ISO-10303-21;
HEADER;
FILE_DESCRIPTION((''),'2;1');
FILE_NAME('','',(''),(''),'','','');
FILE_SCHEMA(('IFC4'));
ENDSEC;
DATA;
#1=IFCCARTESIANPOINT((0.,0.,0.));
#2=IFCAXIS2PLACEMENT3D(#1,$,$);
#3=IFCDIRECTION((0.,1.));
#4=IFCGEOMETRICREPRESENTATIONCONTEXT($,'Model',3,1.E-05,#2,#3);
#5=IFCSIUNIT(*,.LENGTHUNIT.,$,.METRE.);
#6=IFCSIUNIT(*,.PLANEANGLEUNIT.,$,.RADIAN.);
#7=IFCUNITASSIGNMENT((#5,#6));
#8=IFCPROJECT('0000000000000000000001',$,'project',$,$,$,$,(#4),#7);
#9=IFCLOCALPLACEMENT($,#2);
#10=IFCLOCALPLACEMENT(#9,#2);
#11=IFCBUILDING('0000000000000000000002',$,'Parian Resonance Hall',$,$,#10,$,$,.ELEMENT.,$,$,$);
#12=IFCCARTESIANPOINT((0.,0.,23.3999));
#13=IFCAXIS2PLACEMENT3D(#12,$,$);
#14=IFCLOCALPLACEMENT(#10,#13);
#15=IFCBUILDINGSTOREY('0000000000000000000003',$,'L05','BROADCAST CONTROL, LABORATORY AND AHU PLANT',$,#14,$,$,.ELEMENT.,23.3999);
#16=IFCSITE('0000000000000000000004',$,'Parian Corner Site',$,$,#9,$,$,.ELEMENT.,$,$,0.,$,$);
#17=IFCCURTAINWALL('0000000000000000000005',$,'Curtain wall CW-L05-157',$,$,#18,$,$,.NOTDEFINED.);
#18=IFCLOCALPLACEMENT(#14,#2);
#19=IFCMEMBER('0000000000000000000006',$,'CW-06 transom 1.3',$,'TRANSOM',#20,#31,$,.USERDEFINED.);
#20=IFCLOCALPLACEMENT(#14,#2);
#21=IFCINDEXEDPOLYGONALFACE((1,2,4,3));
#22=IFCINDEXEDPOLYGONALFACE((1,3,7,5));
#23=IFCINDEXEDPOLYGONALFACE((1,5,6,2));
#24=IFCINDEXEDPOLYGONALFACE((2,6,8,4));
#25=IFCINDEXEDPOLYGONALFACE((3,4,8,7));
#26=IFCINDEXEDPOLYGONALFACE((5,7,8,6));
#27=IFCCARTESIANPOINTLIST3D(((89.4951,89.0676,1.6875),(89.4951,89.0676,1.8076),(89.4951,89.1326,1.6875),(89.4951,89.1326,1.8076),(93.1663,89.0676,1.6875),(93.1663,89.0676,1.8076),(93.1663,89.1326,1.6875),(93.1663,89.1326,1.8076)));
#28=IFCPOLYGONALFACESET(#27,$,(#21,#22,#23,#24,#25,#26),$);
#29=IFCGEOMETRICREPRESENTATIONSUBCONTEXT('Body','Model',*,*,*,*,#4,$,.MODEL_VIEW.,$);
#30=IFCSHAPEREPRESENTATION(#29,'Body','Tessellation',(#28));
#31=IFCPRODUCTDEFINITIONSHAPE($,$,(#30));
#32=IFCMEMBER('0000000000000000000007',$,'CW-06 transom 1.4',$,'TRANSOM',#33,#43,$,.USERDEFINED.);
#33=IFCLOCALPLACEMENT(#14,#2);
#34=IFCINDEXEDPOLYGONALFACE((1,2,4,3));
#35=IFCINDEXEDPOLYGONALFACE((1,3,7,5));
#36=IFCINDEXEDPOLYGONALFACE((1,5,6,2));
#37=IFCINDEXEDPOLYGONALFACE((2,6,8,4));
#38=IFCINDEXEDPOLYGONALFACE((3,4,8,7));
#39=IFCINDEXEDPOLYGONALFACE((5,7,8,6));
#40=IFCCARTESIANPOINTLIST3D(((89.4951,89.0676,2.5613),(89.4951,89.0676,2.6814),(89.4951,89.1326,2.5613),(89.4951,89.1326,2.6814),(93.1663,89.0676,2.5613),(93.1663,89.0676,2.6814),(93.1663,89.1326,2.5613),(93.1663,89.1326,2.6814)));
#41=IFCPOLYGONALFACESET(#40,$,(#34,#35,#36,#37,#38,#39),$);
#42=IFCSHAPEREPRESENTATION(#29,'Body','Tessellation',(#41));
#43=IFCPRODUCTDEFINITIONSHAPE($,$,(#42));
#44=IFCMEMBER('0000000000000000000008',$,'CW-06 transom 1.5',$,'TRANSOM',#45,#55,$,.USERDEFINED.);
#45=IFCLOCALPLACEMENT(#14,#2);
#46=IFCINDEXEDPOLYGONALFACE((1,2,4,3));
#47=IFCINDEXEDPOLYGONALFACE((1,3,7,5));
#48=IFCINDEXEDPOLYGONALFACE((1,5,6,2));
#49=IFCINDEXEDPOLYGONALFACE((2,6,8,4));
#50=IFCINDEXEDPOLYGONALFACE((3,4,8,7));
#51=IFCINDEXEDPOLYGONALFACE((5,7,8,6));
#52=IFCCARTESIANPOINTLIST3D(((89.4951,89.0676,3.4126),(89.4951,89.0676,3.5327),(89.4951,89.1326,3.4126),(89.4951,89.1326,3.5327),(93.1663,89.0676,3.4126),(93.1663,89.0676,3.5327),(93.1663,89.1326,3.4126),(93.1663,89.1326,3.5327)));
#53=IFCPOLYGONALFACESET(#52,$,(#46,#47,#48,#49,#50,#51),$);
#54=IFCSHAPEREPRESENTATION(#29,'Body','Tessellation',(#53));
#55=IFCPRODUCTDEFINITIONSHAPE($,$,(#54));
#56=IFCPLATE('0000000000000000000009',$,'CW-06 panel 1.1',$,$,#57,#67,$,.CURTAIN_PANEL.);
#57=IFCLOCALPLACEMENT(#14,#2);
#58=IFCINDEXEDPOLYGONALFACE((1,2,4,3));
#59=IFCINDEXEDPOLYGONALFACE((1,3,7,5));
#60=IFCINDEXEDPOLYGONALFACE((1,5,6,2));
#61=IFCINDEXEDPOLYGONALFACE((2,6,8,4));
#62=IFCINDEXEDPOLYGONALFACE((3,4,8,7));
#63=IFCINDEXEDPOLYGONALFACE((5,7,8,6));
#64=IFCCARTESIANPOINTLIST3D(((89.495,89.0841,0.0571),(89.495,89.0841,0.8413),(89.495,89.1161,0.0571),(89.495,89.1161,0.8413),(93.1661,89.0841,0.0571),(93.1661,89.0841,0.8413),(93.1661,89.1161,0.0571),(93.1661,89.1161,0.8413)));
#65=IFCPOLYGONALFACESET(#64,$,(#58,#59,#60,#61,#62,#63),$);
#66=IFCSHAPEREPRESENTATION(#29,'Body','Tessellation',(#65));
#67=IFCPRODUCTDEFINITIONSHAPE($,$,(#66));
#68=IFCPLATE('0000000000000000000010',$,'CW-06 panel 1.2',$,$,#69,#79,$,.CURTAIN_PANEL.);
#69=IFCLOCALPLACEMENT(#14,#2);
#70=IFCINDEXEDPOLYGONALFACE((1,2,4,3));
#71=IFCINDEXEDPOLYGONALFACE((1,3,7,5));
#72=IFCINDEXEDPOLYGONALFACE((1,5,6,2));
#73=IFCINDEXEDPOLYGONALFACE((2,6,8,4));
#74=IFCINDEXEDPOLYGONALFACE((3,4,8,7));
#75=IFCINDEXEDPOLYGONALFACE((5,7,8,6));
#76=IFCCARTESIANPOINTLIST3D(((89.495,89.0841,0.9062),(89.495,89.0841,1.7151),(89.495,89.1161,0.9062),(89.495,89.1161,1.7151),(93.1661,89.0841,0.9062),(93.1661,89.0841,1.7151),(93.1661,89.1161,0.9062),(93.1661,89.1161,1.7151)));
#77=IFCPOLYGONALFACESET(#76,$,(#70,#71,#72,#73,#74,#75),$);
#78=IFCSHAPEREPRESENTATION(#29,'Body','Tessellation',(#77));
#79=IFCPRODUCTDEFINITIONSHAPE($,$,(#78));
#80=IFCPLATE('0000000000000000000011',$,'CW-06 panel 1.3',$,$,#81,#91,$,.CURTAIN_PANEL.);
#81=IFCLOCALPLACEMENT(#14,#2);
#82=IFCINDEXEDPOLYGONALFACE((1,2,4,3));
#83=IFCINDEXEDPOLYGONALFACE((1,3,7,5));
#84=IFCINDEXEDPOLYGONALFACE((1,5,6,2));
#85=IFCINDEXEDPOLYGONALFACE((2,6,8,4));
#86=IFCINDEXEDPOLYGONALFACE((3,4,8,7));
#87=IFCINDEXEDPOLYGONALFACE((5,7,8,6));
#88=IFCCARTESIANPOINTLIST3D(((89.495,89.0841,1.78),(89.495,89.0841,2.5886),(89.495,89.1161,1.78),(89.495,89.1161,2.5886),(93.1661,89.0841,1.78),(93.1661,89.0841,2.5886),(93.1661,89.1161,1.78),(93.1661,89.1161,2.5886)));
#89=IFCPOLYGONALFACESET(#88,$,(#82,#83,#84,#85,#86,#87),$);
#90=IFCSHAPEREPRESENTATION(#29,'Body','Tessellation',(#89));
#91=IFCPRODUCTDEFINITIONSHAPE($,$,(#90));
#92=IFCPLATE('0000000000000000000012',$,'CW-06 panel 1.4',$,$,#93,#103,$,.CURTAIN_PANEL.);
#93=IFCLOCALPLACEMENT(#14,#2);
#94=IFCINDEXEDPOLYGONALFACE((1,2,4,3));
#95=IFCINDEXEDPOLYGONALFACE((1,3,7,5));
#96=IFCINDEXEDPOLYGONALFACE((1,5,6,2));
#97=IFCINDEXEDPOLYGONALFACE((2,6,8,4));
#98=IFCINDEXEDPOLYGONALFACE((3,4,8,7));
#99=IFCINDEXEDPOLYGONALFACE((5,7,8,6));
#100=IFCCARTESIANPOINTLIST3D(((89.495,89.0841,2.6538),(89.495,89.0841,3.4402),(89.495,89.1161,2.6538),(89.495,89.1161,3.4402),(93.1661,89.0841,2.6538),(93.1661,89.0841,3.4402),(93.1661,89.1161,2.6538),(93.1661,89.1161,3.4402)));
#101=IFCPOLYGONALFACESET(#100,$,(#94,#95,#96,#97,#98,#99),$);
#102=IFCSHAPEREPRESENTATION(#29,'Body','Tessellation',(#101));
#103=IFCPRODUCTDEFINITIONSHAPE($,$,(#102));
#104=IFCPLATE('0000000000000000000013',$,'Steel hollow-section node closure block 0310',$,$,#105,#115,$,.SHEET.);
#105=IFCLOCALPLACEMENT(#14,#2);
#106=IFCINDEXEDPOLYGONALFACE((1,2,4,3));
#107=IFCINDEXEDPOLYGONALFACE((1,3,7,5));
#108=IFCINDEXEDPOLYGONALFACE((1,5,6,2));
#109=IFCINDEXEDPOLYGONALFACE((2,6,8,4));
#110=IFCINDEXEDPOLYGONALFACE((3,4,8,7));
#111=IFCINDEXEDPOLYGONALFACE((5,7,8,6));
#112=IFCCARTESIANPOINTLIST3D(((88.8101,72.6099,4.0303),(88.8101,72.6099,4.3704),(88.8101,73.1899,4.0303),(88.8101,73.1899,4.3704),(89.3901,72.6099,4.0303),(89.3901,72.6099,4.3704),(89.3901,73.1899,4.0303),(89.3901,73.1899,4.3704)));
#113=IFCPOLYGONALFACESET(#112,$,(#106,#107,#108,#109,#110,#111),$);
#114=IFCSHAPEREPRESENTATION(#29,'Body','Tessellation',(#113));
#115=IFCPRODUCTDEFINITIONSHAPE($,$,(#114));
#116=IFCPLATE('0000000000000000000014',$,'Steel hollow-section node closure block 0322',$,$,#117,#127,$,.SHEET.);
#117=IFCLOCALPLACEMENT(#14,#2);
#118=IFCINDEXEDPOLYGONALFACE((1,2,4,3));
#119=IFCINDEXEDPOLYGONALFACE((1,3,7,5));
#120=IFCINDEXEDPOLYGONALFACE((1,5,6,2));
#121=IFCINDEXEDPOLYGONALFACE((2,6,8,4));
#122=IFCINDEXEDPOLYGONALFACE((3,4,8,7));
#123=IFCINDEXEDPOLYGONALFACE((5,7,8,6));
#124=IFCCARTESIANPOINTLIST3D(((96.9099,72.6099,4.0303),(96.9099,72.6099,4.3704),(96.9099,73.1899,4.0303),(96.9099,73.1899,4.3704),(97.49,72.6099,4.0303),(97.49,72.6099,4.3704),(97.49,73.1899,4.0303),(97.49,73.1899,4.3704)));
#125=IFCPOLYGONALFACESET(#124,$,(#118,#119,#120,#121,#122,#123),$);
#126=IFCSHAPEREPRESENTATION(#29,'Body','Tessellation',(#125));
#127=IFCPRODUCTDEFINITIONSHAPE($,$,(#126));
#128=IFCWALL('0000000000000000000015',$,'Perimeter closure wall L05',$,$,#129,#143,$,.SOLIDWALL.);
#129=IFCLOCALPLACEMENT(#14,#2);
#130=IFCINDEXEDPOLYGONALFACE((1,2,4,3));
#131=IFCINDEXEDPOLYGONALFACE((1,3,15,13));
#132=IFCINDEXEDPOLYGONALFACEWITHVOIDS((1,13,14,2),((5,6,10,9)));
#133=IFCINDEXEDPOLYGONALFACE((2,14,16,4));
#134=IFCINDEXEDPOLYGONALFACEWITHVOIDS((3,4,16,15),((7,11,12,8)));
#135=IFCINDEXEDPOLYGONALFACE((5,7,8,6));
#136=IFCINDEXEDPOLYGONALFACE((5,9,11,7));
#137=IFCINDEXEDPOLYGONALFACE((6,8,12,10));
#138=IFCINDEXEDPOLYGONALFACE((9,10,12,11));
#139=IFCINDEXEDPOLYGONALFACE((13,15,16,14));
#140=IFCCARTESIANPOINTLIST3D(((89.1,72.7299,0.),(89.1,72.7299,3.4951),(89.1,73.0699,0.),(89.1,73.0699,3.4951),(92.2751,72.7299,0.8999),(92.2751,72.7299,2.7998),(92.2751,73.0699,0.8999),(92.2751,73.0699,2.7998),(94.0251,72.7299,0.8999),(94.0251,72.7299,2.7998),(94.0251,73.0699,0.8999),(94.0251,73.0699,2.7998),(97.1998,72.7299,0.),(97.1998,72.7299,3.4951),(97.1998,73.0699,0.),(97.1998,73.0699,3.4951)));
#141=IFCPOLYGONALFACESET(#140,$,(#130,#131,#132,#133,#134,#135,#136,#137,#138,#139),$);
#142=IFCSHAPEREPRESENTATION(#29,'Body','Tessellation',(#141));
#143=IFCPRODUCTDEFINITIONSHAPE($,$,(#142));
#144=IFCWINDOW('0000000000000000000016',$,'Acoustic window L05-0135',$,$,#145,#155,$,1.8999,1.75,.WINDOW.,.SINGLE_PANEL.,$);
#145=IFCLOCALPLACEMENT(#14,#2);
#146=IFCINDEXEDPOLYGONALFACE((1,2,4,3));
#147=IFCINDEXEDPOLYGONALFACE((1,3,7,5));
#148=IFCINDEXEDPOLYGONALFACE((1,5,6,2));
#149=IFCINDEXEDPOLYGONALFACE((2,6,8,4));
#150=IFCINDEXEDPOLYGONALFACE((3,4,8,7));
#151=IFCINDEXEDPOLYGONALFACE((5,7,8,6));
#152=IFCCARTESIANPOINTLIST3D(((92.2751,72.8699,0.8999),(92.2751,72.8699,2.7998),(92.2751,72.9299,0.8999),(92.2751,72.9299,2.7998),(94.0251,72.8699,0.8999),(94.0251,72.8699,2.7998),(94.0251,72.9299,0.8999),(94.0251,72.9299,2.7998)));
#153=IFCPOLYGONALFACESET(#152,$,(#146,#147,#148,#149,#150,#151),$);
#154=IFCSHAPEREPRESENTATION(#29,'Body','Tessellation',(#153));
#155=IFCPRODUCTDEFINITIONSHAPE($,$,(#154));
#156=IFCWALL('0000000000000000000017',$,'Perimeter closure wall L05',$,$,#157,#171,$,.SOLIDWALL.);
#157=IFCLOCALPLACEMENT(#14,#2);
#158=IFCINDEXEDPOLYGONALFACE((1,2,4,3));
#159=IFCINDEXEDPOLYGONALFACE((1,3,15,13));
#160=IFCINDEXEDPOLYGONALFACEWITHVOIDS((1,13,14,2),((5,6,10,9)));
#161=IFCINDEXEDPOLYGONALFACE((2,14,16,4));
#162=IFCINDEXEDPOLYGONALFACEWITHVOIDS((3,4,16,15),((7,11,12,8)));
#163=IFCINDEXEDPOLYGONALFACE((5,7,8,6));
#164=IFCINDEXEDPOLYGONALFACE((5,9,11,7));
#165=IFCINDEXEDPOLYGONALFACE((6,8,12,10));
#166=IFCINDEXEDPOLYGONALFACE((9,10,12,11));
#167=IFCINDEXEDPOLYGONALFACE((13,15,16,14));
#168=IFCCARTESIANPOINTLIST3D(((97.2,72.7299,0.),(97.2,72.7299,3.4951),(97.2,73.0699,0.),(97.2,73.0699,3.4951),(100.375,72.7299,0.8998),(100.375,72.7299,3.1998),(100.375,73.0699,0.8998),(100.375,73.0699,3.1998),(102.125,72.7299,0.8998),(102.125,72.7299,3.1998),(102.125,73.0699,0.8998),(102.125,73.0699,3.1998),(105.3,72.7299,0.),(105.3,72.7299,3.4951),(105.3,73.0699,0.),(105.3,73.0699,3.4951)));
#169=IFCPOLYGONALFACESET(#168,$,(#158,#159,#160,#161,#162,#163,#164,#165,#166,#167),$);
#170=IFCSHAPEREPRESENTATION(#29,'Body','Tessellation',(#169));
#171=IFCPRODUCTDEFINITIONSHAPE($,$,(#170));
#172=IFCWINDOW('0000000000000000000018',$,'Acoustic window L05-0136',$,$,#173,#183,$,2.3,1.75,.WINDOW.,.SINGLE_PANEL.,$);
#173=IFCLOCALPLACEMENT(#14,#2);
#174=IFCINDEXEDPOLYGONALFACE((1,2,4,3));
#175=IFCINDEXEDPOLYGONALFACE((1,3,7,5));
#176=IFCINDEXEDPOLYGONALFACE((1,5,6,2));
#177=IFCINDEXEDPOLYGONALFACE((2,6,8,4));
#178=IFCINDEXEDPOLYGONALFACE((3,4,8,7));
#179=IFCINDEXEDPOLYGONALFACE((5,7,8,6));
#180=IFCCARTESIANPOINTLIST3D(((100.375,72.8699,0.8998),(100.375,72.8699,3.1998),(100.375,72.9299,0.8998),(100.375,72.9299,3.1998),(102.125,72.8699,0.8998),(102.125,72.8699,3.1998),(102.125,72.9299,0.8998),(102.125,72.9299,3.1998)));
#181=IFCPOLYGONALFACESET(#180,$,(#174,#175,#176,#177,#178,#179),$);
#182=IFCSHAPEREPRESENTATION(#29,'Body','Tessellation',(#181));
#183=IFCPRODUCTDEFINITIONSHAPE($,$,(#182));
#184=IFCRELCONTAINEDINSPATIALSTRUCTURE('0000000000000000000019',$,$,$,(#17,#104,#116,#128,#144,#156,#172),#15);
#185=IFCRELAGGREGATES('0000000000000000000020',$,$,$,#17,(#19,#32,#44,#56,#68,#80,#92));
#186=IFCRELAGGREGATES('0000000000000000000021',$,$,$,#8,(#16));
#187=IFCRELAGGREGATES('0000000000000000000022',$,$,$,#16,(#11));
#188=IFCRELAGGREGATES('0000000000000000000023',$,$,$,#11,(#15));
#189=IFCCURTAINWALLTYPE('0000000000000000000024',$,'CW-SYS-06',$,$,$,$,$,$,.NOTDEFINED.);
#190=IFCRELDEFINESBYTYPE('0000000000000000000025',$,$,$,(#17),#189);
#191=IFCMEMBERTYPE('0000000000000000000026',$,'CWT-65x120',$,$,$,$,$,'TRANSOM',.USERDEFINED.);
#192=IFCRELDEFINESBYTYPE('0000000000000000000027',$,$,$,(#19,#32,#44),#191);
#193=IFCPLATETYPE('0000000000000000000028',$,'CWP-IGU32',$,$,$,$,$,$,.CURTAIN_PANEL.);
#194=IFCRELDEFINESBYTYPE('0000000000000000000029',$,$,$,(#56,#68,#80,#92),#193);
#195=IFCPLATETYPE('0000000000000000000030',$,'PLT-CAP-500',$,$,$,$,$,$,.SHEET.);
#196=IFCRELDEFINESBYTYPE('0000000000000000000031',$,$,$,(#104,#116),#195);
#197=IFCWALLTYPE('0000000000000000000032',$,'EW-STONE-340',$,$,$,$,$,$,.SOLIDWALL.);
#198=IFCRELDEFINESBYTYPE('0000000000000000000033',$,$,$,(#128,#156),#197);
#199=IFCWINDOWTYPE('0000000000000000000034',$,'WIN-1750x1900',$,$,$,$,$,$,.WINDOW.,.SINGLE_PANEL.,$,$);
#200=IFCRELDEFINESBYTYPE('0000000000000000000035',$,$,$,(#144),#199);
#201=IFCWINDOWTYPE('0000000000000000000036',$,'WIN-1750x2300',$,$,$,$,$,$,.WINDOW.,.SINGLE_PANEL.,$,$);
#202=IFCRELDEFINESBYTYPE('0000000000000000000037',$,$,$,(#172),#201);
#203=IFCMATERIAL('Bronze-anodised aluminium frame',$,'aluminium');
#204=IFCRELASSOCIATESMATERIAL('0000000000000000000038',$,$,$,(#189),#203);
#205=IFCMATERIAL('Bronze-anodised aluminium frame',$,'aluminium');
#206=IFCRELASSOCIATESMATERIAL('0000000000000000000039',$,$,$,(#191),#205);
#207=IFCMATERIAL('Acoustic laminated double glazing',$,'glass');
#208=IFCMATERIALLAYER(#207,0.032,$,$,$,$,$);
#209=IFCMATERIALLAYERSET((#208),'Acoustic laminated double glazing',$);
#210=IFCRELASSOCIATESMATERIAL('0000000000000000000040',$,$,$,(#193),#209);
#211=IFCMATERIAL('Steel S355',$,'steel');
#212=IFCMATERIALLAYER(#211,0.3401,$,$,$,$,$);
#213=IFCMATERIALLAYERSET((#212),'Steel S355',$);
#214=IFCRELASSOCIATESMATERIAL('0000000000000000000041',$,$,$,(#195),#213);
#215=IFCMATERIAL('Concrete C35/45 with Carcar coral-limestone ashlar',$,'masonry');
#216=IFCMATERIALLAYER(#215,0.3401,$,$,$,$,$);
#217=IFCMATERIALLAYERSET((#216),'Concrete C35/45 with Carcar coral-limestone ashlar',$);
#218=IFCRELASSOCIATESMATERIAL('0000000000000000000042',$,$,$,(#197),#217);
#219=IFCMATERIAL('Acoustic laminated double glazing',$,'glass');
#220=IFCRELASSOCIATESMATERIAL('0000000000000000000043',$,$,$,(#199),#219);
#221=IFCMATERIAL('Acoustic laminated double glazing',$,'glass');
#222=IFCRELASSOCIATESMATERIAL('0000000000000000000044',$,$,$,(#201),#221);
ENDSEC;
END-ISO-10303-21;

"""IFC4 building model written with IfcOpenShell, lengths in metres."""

from ifc_helpers import new_model, si_unit, direction, frame, frame_2d, origin, origin_2d, place, context, subcontext, project, spatial, rectangle, extrude, material, layer, layer_set, material_profile, profile_set, type_object, element, fill, aggregate, save


model = new_model("IFC4")

# Units and contexts
model_context = context("Model", 3, precision=1e-05, world=origin(), true_north=direction((0.0, 1.0)))
body_context = subcontext(model_context, "Body", "Model", "MODEL_VIEW")
ifc_project = project(units=[si_unit("LENGTHUNIT", "METRE"), si_unit("PLANEANGLEUNIT", "RADIAN")], contexts=[model_context])

# Site, building, storey
site_placement = place(None, origin())
site = spatial("IfcSite", under=ifc_project, at=site_placement, Name="Parian Corner Site", CompositionType="ELEMENT", RefElevation=0.0)
building_placement = place(site_placement, origin())
building = spatial("IfcBuilding", under=site, at=building_placement, Name="Parian Resonance Hall", CompositionType="ELEMENT")
storey_placement = place(building_placement, frame((0.0, 0.0, 23.3999)))
storey = spatial("IfcBuildingStorey", under=building, at=storey_placement, Name="L05", Description="BROADCAST CONTROL, LABORATORY AND AHU PLANT", CompositionType="ELEMENT", Elevation=23.3999)

# Curtain wall, members, plates
ifc_material_1 = material(Name="Bronze-anodised aluminium frame", Category="aluminium")
curtain_wall_type = type_object("IfcCurtainWallType", Name="CW-SYS-06", PredefinedType="NOTDEFINED", material=ifc_material_1)
curtain_wall_placement = place(storey_placement, origin())
curtain_wall = element("IfcCurtainWall", 1, at=curtain_wall_placement, inside=storey, type_object=curtain_wall_type, Name="Curtain wall CW-L05-157", PredefinedType="NOTDEFINED")
ifc_material_2 = material(Name="Bronze-anodised aluminium frame", Category="aluminium")
ifc_material_profile_1 = material_profile(ifc_material_2, rectangle(XDim=0.0649, YDim=0.1201, at=origin_2d()), Name="CWT-65x120")
ifc_profile_set_1 = profile_set([ifc_material_profile_1], Name="Bronze-anodised aluminium frame")
member_type_1 = type_object("IfcMemberType", Name="CWT-65x120", ElementType="TRANSOM", PredefinedType="USERDEFINED", material=ifc_profile_set_1)
member_1_placement = place(storey_placement, frame((89.4951, 89.1001, 1.7476), z_axis=(1.0, 0.0, 0.0), x_axis=(0.0, 1.0, 0.0)))
member_1 = element("IfcMember", 2, at=member_1_placement, type_object=member_type_1, Name="CW-06 transom 1.3", ObjectType="TRANSOM", PredefinedType="USERDEFINED", context=body_context, shape_type="SweptSolid", body=[
    extrude(rectangle(XDim=0.0649, YDim=0.1201, at=origin_2d()), origin(), (0.0, 0.0, 1.0), 3.6711),
])
member_2_placement = place(storey_placement, frame((89.4951, 89.1001, 2.6213), z_axis=(1.0, 0.0, 0.0), x_axis=(0.0, 1.0, 0.0)))
member_2 = element("IfcMember", 3, at=member_2_placement, type_object=member_type_1, Name="CW-06 transom 1.4", ObjectType="TRANSOM", PredefinedType="USERDEFINED", context=body_context, shape_type="SweptSolid", body=[
    extrude(rectangle(XDim=0.0649, YDim=0.1201, at=origin_2d()), origin(), (0.0, 0.0, 1.0), 3.6711),
])
member_3_placement = place(storey_placement, frame((89.4951, 89.1001, 3.4727), z_axis=(1.0, 0.0, 0.0), x_axis=(0.0, 1.0, 0.0)))
member_3 = element("IfcMember", 4, at=member_3_placement, type_object=member_type_1, Name="CW-06 transom 1.5", ObjectType="TRANSOM", PredefinedType="USERDEFINED", context=body_context, shape_type="SweptSolid", body=[
    extrude(rectangle(XDim=0.0649, YDim=0.1201, at=origin_2d()), origin(), (0.0, 0.0, 1.0), 3.6711),
])
ifc_material_3 = material(Name="Acoustic laminated double glazing", Category="glass")
ifc_layer_1 = layer(ifc_material_3, 0.032)
ifc_layer_set_1 = layer_set([ifc_layer_1], Name="Acoustic laminated double glazing")
plate_type_1 = type_object("IfcPlateType", Name="CWP-IGU32", PredefinedType="CURTAIN_PANEL", material=ifc_layer_set_1)
plate_1_placement = place(storey_placement, frame((91.3306, 89.1001, 0.0571), z_axis=(0.0, 0.0, 1.0), x_axis=(1.0, 0.0, 0.0)))
plate_1 = element("IfcPlate", 5, at=plate_1_placement, type_object=plate_type_1, Name="CW-06 panel 1.1", PredefinedType="CURTAIN_PANEL", context=body_context, shape_type="SweptSolid", body=[
    extrude(rectangle(XDim=3.6711, YDim=0.032, at=origin_2d()), origin(), (0.0, 0.0, 1.0), 0.7842),
])
plate_2_placement = place(storey_placement, frame((91.3306, 89.1001, 0.9062), z_axis=(0.0, 0.0, 1.0), x_axis=(1.0, 0.0, 0.0)))
plate_2 = element("IfcPlate", 6, at=plate_2_placement, type_object=plate_type_1, Name="CW-06 panel 1.2", PredefinedType="CURTAIN_PANEL", context=body_context, shape_type="SweptSolid", body=[
    extrude(rectangle(XDim=3.6711, YDim=0.032, at=origin_2d()), origin(), (0.0, 0.0, 1.0), 0.8088),
])
plate_3_placement = place(storey_placement, frame((91.3306, 89.1001, 1.78), z_axis=(0.0, 0.0, 1.0), x_axis=(1.0, 0.0, 0.0)))
plate_3 = element("IfcPlate", 7, at=plate_3_placement, type_object=plate_type_1, Name="CW-06 panel 1.3", PredefinedType="CURTAIN_PANEL", context=body_context, shape_type="SweptSolid", body=[
    extrude(rectangle(XDim=3.6711, YDim=0.032, at=origin_2d()), origin(), (0.0, 0.0, 1.0), 0.8086),
])
plate_4_placement = place(storey_placement, frame((91.3306, 89.1001, 2.6538), z_axis=(0.0, 0.0, 1.0), x_axis=(1.0, 0.0, 0.0)))
plate_4 = element("IfcPlate", 8, at=plate_4_placement, type_object=plate_type_1, Name="CW-06 panel 1.4", PredefinedType="CURTAIN_PANEL", context=body_context, shape_type="SweptSolid", body=[
    extrude(rectangle(XDim=3.6711, YDim=0.032, at=origin_2d()), origin(), (0.0, 0.0, 1.0), 0.7864),
])
aggregate(curtain_wall, [member_1, member_2, member_3, plate_1, plate_2, plate_3, plate_4])

# Plates
ifc_material_4 = material(Name="Steel S355", Category="steel")
ifc_layer_2 = layer(ifc_material_4, 0.3401)
ifc_layer_set_2 = layer_set([ifc_layer_2], Name="Steel S355")
plate_type_2 = type_object("IfcPlateType", Name="PLT-CAP-500", PredefinedType="SHEET", material=ifc_layer_set_2)
for number, where, z_axis, x_axis, name in (
    (9, (89.1001, 72.8999, 4.0303), (0.0, 0.0, 1.0), (1.0, 0.0, 0.0), "Steel hollow-section node closure block 0310"),
    (10, (97.2, 72.8999, 4.0303), (0.0, 0.0, 1.0), (1.0, 0.0, 0.0), "Steel hollow-section node closure block 0322"),
):
    element("IfcPlate", number, at=place(storey_placement, frame(where, z_axis=z_axis, x_axis=x_axis)), inside=storey, type_object=plate_type_2, Name=name, PredefinedType="SHEET", context=body_context, shape_type="SweptSolid", body=[
        extrude(rectangle(XDim=0.5801, YDim=0.5801, at=origin_2d()), origin(), (0.0, 0.0, 1.0), 0.3401),
    ])

# Walls, openings, windows
ifc_material_5 = material(Name="Concrete C35/45 with Carcar coral-limestone ashlar", Category="masonry")
ifc_layer_3 = layer(ifc_material_5, 0.3401)
ifc_layer_set_3 = layer_set([ifc_layer_3], Name="Concrete C35/45 with Carcar coral-limestone ashlar")
wall_type_1 = type_object("IfcWallType", Name="EW-STONE-340", PredefinedType="SOLIDWALL", material=ifc_layer_set_3)
wall_1_placement = place(storey_placement, frame((89.1001, 72.8999, 0.0), z_axis=(0.0, 0.0, 1.0), x_axis=(1.0, 0.0, 0.0)))
wall_1 = element("IfcWall", 11, at=wall_1_placement, inside=storey, type_object=wall_type_1, Name="Perimeter closure wall L05", PredefinedType="SOLIDWALL", context=body_context, shape_type="SweptSolid", body=[
    extrude(rectangle(XDim=8.0999, YDim=0.3401, at=frame_2d((4.0498, 0.0))), origin(), (0.0, 0.0, 1.0), 3.4951),
])
opening_1_placement = place(wall_1_placement, frame((3.175, 0.0, 0.8999)))
opening_1 = element("IfcOpeningElement", 12, at=opening_1_placement, cuts=wall_1, PredefinedType="OPENING", context=body_context, shape_type="SweptSolid", body=[
    extrude(rectangle(XDim=1.75, YDim=1.8999, at=frame_2d((0.875, 0.95))), frame((0.0, 0.1799, 0.0), z_axis=(0.0, -1.0, 0.0), x_axis=(1.0, 0.0, 0.0)), (0.0, 0.0, 1.0), 0.3601),
])
ifc_material_6 = material(Name="Acoustic laminated double glazing", Category="glass")
window_type_1 = type_object("IfcWindowType", Name="WIN-1750x1900", PartitioningType="SINGLE_PANEL", PredefinedType="WINDOW", material=ifc_material_6)
window_1_placement = place(opening_1_placement, origin())
window_1 = element("IfcWindow", 13, at=window_1_placement, inside=storey, type_object=window_type_1, Name="Acoustic window L05-0135", OverallHeight=1.8999, OverallWidth=1.75, PartitioningType="SINGLE_PANEL", PredefinedType="WINDOW", context=body_context, shape_type="SweptSolid", body=[
    extrude(rectangle(XDim=1.75, YDim=1.8999, at=frame_2d((0.875, 0.95))), frame((0.0, 0.03, 0.0), z_axis=(0.0, -1.0, 0.0), x_axis=(1.0, 0.0, 0.0)), (0.0, 0.0, 1.0), 0.0601),
])
fill(opening_1, window_1)
wall_2_placement = place(storey_placement, frame((97.2, 72.8999, 0.0), z_axis=(0.0, 0.0, 1.0), x_axis=(1.0, 0.0, 0.0)))
wall_2 = element("IfcWall", 14, at=wall_2_placement, inside=storey, type_object=wall_type_1, Name="Perimeter closure wall L05", PredefinedType="SOLIDWALL", context=body_context, shape_type="SweptSolid", body=[
    extrude(rectangle(XDim=8.1001, YDim=0.3401, at=frame_2d((4.05, 0.0))), origin(), (0.0, 0.0, 1.0), 3.4951),
])
opening_2_placement = place(wall_2_placement, frame((3.175, 0.0, 0.8999)))
opening_2 = element("IfcOpeningElement", 15, at=opening_2_placement, cuts=wall_2, PredefinedType="OPENING", context=body_context, shape_type="SweptSolid", body=[
    extrude(rectangle(XDim=1.75, YDim=2.3, at=frame_2d((0.875, 1.1499))), frame((0.0, 0.1799, 0.0), z_axis=(0.0, -1.0, 0.0), x_axis=(1.0, 0.0, 0.0)), (0.0, 0.0, 1.0), 0.3601),
])
ifc_material_7 = material(Name="Acoustic laminated double glazing", Category="glass")
window_type_2 = type_object("IfcWindowType", Name="WIN-1750x2300", PartitioningType="SINGLE_PANEL", PredefinedType="WINDOW", material=ifc_material_7)
window_2_placement = place(opening_2_placement, origin())
window_2 = element("IfcWindow", 16, at=window_2_placement, inside=storey, type_object=window_type_2, Name="Acoustic window L05-0136", OverallHeight=2.3, OverallWidth=1.75, PartitioningType="SINGLE_PANEL", PredefinedType="WINDOW", context=body_context, shape_type="SweptSolid", body=[
    extrude(rectangle(XDim=1.75, YDim=2.3, at=frame_2d((0.875, 1.1499))), frame((0.0, 0.03, 0.0), z_axis=(0.0, -1.0, 0.0), x_axis=(1.0, 0.0, 0.0)), (0.0, 0.0, 1.0), 0.0601),
])
fill(opening_2, window_2)

save(model, "model.ifc")
